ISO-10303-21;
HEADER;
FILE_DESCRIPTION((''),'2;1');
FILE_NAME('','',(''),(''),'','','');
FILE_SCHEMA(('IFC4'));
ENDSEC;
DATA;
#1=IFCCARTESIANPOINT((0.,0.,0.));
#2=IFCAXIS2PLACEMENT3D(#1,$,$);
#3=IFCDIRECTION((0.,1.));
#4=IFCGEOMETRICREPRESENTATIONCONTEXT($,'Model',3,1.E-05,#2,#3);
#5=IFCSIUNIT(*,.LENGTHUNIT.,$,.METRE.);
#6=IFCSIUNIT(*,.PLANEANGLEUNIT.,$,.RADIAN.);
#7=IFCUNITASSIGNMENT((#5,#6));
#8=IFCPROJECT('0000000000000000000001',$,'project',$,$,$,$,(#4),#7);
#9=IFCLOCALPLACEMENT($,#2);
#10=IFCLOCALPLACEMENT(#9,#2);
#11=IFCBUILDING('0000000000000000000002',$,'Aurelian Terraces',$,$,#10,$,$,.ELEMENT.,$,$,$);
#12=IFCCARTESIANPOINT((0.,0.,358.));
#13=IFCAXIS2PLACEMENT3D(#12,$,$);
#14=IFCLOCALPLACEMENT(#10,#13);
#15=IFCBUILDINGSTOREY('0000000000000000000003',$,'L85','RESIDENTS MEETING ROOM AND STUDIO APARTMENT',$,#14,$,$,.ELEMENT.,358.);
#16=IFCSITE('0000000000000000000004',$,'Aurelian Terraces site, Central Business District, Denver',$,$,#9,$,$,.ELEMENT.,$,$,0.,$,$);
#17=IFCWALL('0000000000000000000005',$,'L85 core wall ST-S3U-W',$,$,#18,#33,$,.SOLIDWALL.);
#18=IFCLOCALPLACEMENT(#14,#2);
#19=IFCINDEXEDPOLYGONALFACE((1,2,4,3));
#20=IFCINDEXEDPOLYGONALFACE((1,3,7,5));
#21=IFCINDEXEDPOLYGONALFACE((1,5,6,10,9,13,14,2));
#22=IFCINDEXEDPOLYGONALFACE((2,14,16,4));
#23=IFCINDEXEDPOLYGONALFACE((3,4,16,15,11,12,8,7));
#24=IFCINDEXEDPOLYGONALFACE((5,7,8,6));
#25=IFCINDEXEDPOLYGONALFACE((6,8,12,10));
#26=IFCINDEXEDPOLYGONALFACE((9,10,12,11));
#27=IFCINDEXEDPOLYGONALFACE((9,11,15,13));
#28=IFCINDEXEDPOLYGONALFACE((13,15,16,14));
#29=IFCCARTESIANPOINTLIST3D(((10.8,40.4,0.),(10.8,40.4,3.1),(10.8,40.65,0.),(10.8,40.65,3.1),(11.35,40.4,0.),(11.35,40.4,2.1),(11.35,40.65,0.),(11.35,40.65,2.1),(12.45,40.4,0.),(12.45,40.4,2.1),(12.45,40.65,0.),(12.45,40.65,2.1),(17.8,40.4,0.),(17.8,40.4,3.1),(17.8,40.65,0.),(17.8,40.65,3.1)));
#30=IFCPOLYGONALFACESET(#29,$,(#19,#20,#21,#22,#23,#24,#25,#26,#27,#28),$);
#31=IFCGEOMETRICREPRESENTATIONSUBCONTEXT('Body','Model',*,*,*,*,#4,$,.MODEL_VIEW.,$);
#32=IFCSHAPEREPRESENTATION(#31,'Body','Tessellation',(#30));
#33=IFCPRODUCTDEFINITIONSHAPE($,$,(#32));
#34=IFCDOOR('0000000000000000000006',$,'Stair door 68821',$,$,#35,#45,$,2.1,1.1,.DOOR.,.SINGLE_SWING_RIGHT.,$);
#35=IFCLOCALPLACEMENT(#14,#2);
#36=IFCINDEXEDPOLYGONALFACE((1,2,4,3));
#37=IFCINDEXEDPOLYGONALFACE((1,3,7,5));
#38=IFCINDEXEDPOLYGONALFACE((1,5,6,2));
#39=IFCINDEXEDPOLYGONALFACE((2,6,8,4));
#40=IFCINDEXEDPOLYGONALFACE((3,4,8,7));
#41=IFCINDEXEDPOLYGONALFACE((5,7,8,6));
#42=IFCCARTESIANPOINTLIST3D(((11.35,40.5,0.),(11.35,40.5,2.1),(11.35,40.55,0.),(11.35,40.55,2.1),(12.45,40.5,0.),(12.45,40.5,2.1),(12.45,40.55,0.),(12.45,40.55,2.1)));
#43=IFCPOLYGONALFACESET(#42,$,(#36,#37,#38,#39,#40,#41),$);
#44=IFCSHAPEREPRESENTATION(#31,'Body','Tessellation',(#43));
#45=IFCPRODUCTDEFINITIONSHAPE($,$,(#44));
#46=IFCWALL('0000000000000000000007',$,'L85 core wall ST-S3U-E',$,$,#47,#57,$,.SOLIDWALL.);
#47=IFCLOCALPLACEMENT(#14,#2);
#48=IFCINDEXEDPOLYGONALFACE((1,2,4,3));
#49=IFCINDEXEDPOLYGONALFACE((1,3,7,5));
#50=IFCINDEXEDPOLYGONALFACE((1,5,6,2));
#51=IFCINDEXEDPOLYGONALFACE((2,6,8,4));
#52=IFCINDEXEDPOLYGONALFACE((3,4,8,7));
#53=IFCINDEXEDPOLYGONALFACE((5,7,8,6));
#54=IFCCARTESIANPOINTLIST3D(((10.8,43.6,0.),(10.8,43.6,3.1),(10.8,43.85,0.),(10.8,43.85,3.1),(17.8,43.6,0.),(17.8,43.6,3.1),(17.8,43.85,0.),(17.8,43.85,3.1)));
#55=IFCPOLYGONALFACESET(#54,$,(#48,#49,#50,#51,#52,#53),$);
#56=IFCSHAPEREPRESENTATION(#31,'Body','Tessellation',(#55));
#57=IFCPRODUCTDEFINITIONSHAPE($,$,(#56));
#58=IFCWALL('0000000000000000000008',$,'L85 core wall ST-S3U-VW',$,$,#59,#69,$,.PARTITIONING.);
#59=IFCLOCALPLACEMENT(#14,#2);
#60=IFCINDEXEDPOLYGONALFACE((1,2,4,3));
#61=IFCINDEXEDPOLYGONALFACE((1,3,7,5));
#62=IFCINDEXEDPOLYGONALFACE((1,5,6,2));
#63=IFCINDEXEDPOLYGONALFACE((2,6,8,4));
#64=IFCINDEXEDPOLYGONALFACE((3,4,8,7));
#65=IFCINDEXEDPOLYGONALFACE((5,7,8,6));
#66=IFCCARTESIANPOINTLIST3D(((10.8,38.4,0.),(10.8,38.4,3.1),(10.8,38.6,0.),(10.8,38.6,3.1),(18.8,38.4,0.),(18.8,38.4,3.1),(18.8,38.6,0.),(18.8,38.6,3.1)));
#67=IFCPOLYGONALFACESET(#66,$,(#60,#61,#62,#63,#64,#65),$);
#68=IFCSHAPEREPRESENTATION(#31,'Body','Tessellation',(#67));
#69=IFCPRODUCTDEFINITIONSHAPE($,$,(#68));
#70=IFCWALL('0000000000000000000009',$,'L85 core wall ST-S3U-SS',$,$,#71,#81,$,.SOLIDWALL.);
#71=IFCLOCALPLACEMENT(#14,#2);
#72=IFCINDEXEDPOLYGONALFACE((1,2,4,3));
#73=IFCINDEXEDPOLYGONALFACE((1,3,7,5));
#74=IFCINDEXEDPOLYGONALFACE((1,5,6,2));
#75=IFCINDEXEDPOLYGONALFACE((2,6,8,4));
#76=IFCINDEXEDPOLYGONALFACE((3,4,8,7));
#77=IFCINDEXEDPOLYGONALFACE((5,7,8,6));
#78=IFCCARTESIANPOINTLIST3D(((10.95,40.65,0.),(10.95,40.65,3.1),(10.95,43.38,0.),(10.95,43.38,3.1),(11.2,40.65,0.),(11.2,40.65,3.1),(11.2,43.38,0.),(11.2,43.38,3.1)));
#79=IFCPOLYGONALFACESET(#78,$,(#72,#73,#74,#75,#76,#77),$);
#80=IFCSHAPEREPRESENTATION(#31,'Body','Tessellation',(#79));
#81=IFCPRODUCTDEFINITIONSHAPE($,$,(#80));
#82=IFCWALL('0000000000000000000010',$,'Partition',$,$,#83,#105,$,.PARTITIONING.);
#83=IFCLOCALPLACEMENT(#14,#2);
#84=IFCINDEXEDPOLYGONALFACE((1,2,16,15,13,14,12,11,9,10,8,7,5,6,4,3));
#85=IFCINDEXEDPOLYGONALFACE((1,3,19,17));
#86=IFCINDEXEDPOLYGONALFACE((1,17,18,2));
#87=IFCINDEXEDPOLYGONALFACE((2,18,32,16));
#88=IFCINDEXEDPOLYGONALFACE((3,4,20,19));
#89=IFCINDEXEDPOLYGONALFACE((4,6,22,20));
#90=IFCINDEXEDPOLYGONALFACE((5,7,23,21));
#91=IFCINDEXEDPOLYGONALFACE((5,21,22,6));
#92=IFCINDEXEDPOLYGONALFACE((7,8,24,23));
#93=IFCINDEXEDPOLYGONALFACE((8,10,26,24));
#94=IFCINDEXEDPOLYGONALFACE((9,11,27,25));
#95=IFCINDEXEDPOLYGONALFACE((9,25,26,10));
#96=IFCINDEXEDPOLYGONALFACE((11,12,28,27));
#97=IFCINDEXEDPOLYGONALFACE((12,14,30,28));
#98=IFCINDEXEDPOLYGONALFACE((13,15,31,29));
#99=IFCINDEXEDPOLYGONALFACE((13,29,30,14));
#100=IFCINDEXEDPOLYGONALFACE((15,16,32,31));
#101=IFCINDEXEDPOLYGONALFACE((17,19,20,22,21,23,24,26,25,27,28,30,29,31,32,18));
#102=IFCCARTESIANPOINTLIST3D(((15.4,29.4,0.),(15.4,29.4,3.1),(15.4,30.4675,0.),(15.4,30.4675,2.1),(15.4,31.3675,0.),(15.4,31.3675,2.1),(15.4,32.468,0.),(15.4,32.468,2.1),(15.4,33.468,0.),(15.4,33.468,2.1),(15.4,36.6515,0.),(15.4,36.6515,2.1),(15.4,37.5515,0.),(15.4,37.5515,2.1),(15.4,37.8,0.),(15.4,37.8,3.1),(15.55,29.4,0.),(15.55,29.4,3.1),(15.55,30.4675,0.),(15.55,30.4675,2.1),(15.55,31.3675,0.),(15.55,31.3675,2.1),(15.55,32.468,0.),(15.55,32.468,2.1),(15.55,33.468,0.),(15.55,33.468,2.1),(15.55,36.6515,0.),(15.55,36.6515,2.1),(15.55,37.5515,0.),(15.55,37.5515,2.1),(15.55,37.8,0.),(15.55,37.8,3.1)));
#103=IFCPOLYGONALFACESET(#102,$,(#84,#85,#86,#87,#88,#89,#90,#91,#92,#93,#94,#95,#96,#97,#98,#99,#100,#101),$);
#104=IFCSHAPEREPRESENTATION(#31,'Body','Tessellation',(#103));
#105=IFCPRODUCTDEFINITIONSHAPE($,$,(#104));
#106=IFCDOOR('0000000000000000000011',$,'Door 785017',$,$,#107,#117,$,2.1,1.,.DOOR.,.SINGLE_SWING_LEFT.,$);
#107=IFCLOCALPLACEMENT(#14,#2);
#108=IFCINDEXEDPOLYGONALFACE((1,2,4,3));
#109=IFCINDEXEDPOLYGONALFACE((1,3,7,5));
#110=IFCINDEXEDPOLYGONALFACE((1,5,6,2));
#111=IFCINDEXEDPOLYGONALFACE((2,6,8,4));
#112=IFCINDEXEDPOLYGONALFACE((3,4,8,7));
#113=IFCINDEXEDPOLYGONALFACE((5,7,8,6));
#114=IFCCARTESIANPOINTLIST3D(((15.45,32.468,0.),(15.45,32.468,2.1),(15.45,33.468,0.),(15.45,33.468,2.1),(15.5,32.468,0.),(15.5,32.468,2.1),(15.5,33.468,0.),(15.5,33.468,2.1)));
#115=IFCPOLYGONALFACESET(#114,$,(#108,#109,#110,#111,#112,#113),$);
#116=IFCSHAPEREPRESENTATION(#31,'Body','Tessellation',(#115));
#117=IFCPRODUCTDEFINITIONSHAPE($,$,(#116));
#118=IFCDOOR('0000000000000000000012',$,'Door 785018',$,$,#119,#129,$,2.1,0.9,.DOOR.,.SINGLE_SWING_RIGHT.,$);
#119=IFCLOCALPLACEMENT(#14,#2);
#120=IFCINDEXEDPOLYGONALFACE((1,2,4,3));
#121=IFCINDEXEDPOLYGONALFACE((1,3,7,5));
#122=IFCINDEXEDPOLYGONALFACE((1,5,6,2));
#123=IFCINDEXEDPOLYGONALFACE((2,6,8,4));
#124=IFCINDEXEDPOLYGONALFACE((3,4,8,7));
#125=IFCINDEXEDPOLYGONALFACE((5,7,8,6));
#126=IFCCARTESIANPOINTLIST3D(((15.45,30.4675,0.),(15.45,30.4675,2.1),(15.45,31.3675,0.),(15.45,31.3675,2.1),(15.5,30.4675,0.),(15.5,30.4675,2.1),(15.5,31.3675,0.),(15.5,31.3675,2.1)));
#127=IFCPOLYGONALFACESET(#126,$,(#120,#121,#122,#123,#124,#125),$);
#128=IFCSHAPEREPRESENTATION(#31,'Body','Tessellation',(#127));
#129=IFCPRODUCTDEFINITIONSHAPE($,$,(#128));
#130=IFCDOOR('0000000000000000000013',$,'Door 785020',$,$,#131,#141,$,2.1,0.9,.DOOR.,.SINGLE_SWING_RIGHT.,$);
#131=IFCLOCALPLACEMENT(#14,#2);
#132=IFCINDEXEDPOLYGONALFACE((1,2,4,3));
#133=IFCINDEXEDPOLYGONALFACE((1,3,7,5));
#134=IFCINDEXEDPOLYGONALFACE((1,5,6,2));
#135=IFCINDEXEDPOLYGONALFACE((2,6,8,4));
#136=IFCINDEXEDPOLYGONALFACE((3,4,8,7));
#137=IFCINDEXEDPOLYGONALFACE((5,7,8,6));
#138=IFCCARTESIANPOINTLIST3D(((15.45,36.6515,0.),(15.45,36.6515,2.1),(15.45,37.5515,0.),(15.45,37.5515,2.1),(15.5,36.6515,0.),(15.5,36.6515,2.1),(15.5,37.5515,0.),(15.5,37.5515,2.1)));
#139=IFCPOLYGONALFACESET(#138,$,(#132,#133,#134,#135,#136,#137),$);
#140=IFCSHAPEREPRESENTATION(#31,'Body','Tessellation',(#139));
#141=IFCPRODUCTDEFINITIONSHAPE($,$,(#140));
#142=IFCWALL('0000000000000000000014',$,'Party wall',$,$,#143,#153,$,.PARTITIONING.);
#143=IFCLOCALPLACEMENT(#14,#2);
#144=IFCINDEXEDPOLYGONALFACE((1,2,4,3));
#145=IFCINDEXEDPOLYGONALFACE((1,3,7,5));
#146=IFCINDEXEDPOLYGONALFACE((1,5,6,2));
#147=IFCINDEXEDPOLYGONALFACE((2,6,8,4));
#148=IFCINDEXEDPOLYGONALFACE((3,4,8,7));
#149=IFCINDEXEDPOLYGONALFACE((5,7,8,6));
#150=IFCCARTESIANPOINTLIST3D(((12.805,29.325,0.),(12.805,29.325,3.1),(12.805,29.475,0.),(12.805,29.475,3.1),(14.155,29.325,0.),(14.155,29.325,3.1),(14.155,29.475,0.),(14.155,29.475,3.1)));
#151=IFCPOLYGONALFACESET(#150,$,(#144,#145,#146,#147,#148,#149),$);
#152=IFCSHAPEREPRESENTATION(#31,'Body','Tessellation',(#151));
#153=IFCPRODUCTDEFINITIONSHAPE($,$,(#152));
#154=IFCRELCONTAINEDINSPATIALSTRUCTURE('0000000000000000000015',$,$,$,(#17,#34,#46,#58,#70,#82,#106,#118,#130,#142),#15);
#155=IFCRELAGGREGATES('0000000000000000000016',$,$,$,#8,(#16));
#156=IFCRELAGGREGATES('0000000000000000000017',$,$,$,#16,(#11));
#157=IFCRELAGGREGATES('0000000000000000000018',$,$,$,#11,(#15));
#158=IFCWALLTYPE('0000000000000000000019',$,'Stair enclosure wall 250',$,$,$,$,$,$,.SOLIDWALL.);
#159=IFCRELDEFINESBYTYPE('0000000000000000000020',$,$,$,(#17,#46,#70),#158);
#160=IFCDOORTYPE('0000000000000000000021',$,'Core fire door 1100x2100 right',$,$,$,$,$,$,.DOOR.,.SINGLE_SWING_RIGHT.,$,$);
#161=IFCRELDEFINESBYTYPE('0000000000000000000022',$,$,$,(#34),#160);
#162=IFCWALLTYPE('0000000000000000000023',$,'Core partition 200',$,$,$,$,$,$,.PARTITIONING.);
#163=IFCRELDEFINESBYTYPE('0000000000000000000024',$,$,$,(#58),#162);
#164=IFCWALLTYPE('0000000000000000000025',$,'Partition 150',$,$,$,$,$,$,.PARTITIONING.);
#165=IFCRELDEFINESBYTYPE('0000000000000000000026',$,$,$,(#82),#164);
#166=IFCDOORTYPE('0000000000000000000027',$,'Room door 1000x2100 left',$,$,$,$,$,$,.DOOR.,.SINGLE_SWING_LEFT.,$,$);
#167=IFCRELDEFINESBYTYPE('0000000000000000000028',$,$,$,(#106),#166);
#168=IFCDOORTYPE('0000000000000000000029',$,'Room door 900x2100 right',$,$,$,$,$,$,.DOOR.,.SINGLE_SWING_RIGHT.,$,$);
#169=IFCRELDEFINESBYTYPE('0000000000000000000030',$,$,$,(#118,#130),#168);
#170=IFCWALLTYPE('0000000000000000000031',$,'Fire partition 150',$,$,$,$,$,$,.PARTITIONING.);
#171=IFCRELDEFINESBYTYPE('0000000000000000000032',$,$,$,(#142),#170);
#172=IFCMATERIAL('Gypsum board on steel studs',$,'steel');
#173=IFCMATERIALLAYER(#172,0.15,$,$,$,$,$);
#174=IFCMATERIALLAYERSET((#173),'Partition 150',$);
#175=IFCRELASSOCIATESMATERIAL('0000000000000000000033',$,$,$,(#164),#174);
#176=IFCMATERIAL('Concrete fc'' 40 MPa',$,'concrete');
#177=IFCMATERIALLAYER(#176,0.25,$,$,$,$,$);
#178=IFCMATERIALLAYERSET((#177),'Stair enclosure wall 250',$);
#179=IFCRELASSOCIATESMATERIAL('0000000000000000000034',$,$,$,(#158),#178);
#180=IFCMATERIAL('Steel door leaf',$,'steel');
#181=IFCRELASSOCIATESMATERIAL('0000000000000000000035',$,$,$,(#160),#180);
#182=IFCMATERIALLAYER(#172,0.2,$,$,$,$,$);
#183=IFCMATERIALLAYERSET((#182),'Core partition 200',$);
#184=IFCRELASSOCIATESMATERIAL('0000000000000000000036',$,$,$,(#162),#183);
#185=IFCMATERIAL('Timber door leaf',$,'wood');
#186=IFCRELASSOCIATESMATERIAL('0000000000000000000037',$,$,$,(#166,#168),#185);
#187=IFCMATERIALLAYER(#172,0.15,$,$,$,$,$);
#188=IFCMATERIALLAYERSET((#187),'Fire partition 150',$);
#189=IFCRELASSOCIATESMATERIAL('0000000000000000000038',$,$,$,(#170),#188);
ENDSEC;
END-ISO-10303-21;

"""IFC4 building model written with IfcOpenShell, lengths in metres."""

from ifc_helpers import new_model, si_unit, direction, frame, frame_2d, origin, place, context, subcontext, project, spatial, rectangle, extrude, source, transform, mapped, material, layer, layer_set, type_object, element, fill, save


model = new_model("IFC4")

# Units and contexts
model_context = context("Model", 3, precision=1e-05, world=origin(), true_north=direction((0.0, 1.0)))
body_context = subcontext(model_context, "Body", "Model", "MODEL_VIEW")
ifc_project = project(units=[si_unit("LENGTHUNIT", "METRE"), si_unit("PLANEANGLEUNIT", "RADIAN")], contexts=[model_context])

# Site, building, storey
site_placement = place(None, origin())
site = spatial("IfcSite", under=ifc_project, at=site_placement, Name="Aurelian Terraces site, Central Business District, Denver", CompositionType="ELEMENT", RefElevation=0.0)
building_placement = place(site_placement, origin())
building = spatial("IfcBuilding", under=site, at=building_placement, Name="Aurelian Terraces", CompositionType="ELEMENT")
storey_placement = place(building_placement, frame((0.0, 0.0, 358.0)))
storey = spatial("IfcBuildingStorey", under=building, at=storey_placement, Name="L85", Description="RESIDENTS MEETING ROOM AND STUDIO APARTMENT", CompositionType="ELEMENT", Elevation=358.0)

# Shared definitions
ifc_material_1 = material(Name="Gypsum board on steel studs", Category="steel")
ifc_layer_1 = layer(ifc_material_1, 0.15)
ifc_layer_set_1 = layer_set([ifc_layer_1], Name="Partition 150")
wall_type_1 = type_object("IfcWallType", Name="Partition 150", PredefinedType="PARTITIONING", material=ifc_layer_set_1)
shared_shape_1 = source(origin(), body_context, "Body", "SweptSolid", [
    extrude(rectangle(XDim=0.9, YDim=2.1, at=frame_2d((0.45, 1.05))), frame((0.0, 0.085, 0.0), z_axis=(0.0, -1.0, 0.0), x_axis=(1.0, 0.0, 0.0)), (0.0, 0.0, 1.0), 0.17),
])
ifc_material_2 = material(Name="Timber door leaf", Category="wood")
shared_shape_2 = source(origin(), body_context, "Body", "SweptSolid", [
    extrude(rectangle(XDim=0.9, YDim=2.1, at=frame_2d((0.45, 1.05))), frame((0.0, 0.025, 0.0), z_axis=(0.0, -1.0, 0.0), x_axis=(1.0, 0.0, 0.0)), (0.0, 0.0, 1.0), 0.05),
])

# Shared definitions
ifc_material_3 = material(Name="Concrete fc' 40 MPa", Category="concrete")

# Wall, opening, door
ifc_layer_2 = layer(ifc_material_3, 0.25)
ifc_layer_set_2 = layer_set([ifc_layer_2], Name="Stair enclosure wall 250")
wall_type_2 = type_object("IfcWallType", Name="Stair enclosure wall 250", PredefinedType="SOLIDWALL", material=ifc_layer_set_2)
shared_shape_3 = source(origin(), body_context, "Body", "SweptSolid", [
    extrude(rectangle(XDim=7.0, YDim=0.25, at=frame_2d((3.5, 0.0))), origin(), (0.0, 0.0, 1.0), 3.1),
])
wall_1_placement = place(storey_placement, frame((10.8, 40.525, 0.0), z_axis=(0.0, 0.0, 1.0), x_axis=(1.0, 0.0, 0.0)))
wall_1 = element("IfcWall", 1, at=wall_1_placement, inside=storey, type_object=wall_type_2, Name="L85 core wall ST-S3U-W", PredefinedType="SOLIDWALL", context=body_context, shape_type="MappedRepresentation", body=[
    mapped(shared_shape_3, transform((0.0, 0.0, 0.0), scale=1.0)),
])
shared_shape_4 = source(origin(), body_context, "Body", "SweptSolid", [
    extrude(rectangle(XDim=1.1, YDim=2.1, at=frame_2d((0.55, 1.05))), frame((0.0, 0.135, 0.0), z_axis=(0.0, -1.0, 0.0), x_axis=(1.0, 0.0, 0.0)), (0.0, 0.0, 1.0), 0.27),
])
opening_1_placement = place(wall_1_placement, frame((0.55, 0.0, 0.0)))
opening_1 = element("IfcOpeningElement", 2, at=opening_1_placement, cuts=wall_1, PredefinedType="OPENING", context=body_context, shape_type="MappedRepresentation", body=[
    mapped(shared_shape_4, transform((0.0, 0.0, 0.0), scale=1.0)),
])
ifc_material_4 = material(Name="Steel door leaf", Category="steel")
door_type_1 = type_object("IfcDoorType", Name="Core fire door 1100x2100 right", OperationType="SINGLE_SWING_RIGHT", PredefinedType="DOOR", material=ifc_material_4)
shared_shape_5 = source(origin(), body_context, "Body", "SweptSolid", [
    extrude(rectangle(XDim=1.1, YDim=2.1, at=frame_2d((0.55, 1.05))), frame((0.0, 0.025, 0.0), z_axis=(0.0, -1.0, 0.0), x_axis=(1.0, 0.0, 0.0)), (0.0, 0.0, 1.0), 0.05),
])
door_1_placement = place(opening_1_placement, origin())
door_1 = element("IfcDoor", 3, at=door_1_placement, inside=storey, type_object=door_type_1, Name="Stair door 68821", OperationType="SINGLE_SWING_RIGHT", OverallHeight=2.1, OverallWidth=1.1, PredefinedType="DOOR", context=body_context, shape_type="MappedRepresentation", body=[
    mapped(shared_shape_5, transform((0.0, 0.0, 0.0), scale=1.0)),
])
fill(opening_1, door_1)

# Walls
wall_2_placement = place(storey_placement, frame((10.8, 43.725, 0.0), z_axis=(0.0, 0.0, 1.0), x_axis=(1.0, 0.0, 0.0)))
element("IfcWall", 4, at=wall_2_placement, inside=storey, type_object=wall_type_2, Name="L85 core wall ST-S3U-E", PredefinedType="SOLIDWALL", context=body_context, shape_type="MappedRepresentation", body=[
    mapped(shared_shape_3, transform((0.0, 0.0, 0.0), scale=1.0)),
])
ifc_layer_3 = layer(ifc_material_1, 0.2)
ifc_layer_set_3 = layer_set([ifc_layer_3], Name="Core partition 200")
wall_type_3 = type_object("IfcWallType", Name="Core partition 200", PredefinedType="PARTITIONING", material=ifc_layer_set_3)
shared_shape_6 = source(origin(), body_context, "Body", "SweptSolid", [
    extrude(rectangle(XDim=8.0, YDim=0.2, at=frame_2d((4.0, 0.0))), origin(), (0.0, 0.0, 1.0), 3.1),
])
wall_3_placement = place(storey_placement, frame((10.8, 38.5, 0.0), z_axis=(0.0, 0.0, 1.0), x_axis=(1.0, 0.0, 0.0)))
element("IfcWall", 5, at=wall_3_placement, inside=storey, type_object=wall_type_3, Name="L85 core wall ST-S3U-VW", PredefinedType="PARTITIONING", context=body_context, shape_type="MappedRepresentation", body=[
    mapped(shared_shape_6, transform((0.0, 0.0, 0.0), scale=1.0)),
])
shared_shape_7 = source(origin(), body_context, "Body", "SweptSolid", [
    extrude(rectangle(XDim=2.73, YDim=0.25, at=frame_2d((1.365, 0.0))), origin(), (0.0, 0.0, 1.0), 3.1),
])
wall_4_placement = place(storey_placement, frame((11.075, 40.65, 0.0), z_axis=(0.0, 0.0, 1.0), x_axis=(0.0, 1.0, 0.0)))
element("IfcWall", 6, at=wall_4_placement, inside=storey, type_object=wall_type_2, Name="L85 core wall ST-S3U-SS", PredefinedType="SOLIDWALL", context=body_context, shape_type="MappedRepresentation", body=[
    mapped(shared_shape_7, transform((0.0, 0.0, 0.0), scale=1.0)),
])

# Wall, openings, doors
shared_shape_8 = source(origin(), body_context, "Body", "SweptSolid", [
    extrude(rectangle(XDim=8.4, YDim=0.15, at=frame_2d((4.2, 0.0))), origin(), (0.0, 0.0, 1.0), 3.1),
])
wall_5_placement = place(storey_placement, frame((15.475, 29.4, 0.0), z_axis=(0.0, 0.0, 1.0), x_axis=(0.0, 1.0, 0.0)))
wall_5 = element("IfcWall", 7, at=wall_5_placement, inside=storey, type_object=wall_type_1, Name="Partition", PredefinedType="PARTITIONING", context=body_context, shape_type="MappedRepresentation", body=[
    mapped(shared_shape_8, transform((0.0, 0.0, 0.0), scale=1.0)),
])
shared_shape_9 = source(origin(), body_context, "Body", "SweptSolid", [
    extrude(rectangle(XDim=1.0, YDim=2.1, at=frame_2d((0.5, 1.05))), frame((0.0, 0.085, 0.0), z_axis=(0.0, -1.0, 0.0), x_axis=(1.0, 0.0, 0.0)), (0.0, 0.0, 1.0), 0.17),
])
opening_2_placement = place(wall_5_placement, frame((3.068, 0.0, 0.0)))
opening_2 = element("IfcOpeningElement", 8, at=opening_2_placement, cuts=wall_5, PredefinedType="OPENING", context=body_context, shape_type="MappedRepresentation", body=[
    mapped(shared_shape_9, transform((0.0, 0.0, 0.0), scale=1.0)),
])
opening_3_placement = place(wall_5_placement, frame((1.0675, 0.0, 0.0)))
opening_3 = element("IfcOpeningElement", 9, at=opening_3_placement, cuts=wall_5, PredefinedType="OPENING", context=body_context, shape_type="MappedRepresentation", body=[
    mapped(shared_shape_1, transform((0.0, 0.0, 0.0), scale=1.0)),
])
opening_4_placement = place(wall_5_placement, frame((7.2515, 0.0, 0.0)))
opening_4 = element("IfcOpeningElement", 10, at=opening_4_placement, cuts=wall_5, PredefinedType="OPENING", context=body_context, shape_type="MappedRepresentation", body=[
    mapped(shared_shape_1, transform((0.0, 0.0, 0.0), scale=1.0)),
])
door_type_2 = type_object("IfcDoorType", Name="Room door 1000x2100 left", OperationType="SINGLE_SWING_LEFT", PredefinedType="DOOR", material=ifc_material_2)
shared_shape_10 = source(origin(), body_context, "Body", "SweptSolid", [
    extrude(rectangle(XDim=1.0, YDim=2.1, at=frame_2d((0.5, 1.05))), frame((0.0, 0.025, 0.0), z_axis=(0.0, -1.0, 0.0), x_axis=(1.0, 0.0, 0.0)), (0.0, 0.0, 1.0), 0.05),
])
door_2_placement = place(opening_2_placement, origin())
door_2 = element("IfcDoor", 11, at=door_2_placement, inside=storey, type_object=door_type_2, Name="Door 785017", OperationType="SINGLE_SWING_LEFT", OverallHeight=2.1, OverallWidth=1.0, PredefinedType="DOOR", context=body_context, shape_type="MappedRepresentation", body=[
    mapped(shared_shape_10, transform((0.0, 0.0, 0.0), scale=1.0)),
])
fill(opening_2, door_2)
door_type_3 = type_object("IfcDoorType", Name="Room door 900x2100 right", OperationType="SINGLE_SWING_RIGHT", PredefinedType="DOOR", material=ifc_material_2)
door_3_placement = place(opening_3_placement, origin())
door_3 = element("IfcDoor", 12, at=door_3_placement, inside=storey, type_object=door_type_3, Name="Door 785018", OperationType="SINGLE_SWING_RIGHT", OverallHeight=2.1, OverallWidth=0.9, PredefinedType="DOOR", context=body_context, shape_type="MappedRepresentation", body=[
    mapped(shared_shape_2, transform((0.0, 0.0, 0.0), scale=1.0)),
])
fill(opening_3, door_3)
door_4_placement = place(opening_4_placement, origin())
door_4 = element("IfcDoor", 13, at=door_4_placement, inside=storey, type_object=door_type_3, Name="Door 785020", OperationType="SINGLE_SWING_RIGHT", OverallHeight=2.1, OverallWidth=0.9, PredefinedType="DOOR", context=body_context, shape_type="MappedRepresentation", body=[
    mapped(shared_shape_2, transform((0.0, 0.0, 0.0), scale=1.0)),
])
fill(opening_4, door_4)

# Wall
ifc_layer_4 = layer(ifc_material_1, 0.15)
ifc_layer_set_4 = layer_set([ifc_layer_4], Name="Fire partition 150")
wall_type_4 = type_object("IfcWallType", Name="Fire partition 150", PredefinedType="PARTITIONING", material=ifc_layer_set_4)
shared_shape_11 = source(origin(), body_context, "Body", "SweptSolid", [
    extrude(rectangle(XDim=1.35, YDim=0.15, at=frame_2d((0.675, 0.0))), origin(), (0.0, 0.0, 1.0), 3.1),
])
wall_6_placement = place(storey_placement, frame((14.155, 29.4, 0.0), z_axis=(0.0, 0.0, 1.0), x_axis=(-1.0, 0.0, 0.0)))
element("IfcWall", 14, at=wall_6_placement, inside=storey, type_object=wall_type_4, Name="Party wall", PredefinedType="PARTITIONING", context=body_context, shape_type="MappedRepresentation", body=[
    mapped(shared_shape_11, transform((0.0, 0.0, 0.0), scale=1.0)),
])

save(model, "model.ifc")
